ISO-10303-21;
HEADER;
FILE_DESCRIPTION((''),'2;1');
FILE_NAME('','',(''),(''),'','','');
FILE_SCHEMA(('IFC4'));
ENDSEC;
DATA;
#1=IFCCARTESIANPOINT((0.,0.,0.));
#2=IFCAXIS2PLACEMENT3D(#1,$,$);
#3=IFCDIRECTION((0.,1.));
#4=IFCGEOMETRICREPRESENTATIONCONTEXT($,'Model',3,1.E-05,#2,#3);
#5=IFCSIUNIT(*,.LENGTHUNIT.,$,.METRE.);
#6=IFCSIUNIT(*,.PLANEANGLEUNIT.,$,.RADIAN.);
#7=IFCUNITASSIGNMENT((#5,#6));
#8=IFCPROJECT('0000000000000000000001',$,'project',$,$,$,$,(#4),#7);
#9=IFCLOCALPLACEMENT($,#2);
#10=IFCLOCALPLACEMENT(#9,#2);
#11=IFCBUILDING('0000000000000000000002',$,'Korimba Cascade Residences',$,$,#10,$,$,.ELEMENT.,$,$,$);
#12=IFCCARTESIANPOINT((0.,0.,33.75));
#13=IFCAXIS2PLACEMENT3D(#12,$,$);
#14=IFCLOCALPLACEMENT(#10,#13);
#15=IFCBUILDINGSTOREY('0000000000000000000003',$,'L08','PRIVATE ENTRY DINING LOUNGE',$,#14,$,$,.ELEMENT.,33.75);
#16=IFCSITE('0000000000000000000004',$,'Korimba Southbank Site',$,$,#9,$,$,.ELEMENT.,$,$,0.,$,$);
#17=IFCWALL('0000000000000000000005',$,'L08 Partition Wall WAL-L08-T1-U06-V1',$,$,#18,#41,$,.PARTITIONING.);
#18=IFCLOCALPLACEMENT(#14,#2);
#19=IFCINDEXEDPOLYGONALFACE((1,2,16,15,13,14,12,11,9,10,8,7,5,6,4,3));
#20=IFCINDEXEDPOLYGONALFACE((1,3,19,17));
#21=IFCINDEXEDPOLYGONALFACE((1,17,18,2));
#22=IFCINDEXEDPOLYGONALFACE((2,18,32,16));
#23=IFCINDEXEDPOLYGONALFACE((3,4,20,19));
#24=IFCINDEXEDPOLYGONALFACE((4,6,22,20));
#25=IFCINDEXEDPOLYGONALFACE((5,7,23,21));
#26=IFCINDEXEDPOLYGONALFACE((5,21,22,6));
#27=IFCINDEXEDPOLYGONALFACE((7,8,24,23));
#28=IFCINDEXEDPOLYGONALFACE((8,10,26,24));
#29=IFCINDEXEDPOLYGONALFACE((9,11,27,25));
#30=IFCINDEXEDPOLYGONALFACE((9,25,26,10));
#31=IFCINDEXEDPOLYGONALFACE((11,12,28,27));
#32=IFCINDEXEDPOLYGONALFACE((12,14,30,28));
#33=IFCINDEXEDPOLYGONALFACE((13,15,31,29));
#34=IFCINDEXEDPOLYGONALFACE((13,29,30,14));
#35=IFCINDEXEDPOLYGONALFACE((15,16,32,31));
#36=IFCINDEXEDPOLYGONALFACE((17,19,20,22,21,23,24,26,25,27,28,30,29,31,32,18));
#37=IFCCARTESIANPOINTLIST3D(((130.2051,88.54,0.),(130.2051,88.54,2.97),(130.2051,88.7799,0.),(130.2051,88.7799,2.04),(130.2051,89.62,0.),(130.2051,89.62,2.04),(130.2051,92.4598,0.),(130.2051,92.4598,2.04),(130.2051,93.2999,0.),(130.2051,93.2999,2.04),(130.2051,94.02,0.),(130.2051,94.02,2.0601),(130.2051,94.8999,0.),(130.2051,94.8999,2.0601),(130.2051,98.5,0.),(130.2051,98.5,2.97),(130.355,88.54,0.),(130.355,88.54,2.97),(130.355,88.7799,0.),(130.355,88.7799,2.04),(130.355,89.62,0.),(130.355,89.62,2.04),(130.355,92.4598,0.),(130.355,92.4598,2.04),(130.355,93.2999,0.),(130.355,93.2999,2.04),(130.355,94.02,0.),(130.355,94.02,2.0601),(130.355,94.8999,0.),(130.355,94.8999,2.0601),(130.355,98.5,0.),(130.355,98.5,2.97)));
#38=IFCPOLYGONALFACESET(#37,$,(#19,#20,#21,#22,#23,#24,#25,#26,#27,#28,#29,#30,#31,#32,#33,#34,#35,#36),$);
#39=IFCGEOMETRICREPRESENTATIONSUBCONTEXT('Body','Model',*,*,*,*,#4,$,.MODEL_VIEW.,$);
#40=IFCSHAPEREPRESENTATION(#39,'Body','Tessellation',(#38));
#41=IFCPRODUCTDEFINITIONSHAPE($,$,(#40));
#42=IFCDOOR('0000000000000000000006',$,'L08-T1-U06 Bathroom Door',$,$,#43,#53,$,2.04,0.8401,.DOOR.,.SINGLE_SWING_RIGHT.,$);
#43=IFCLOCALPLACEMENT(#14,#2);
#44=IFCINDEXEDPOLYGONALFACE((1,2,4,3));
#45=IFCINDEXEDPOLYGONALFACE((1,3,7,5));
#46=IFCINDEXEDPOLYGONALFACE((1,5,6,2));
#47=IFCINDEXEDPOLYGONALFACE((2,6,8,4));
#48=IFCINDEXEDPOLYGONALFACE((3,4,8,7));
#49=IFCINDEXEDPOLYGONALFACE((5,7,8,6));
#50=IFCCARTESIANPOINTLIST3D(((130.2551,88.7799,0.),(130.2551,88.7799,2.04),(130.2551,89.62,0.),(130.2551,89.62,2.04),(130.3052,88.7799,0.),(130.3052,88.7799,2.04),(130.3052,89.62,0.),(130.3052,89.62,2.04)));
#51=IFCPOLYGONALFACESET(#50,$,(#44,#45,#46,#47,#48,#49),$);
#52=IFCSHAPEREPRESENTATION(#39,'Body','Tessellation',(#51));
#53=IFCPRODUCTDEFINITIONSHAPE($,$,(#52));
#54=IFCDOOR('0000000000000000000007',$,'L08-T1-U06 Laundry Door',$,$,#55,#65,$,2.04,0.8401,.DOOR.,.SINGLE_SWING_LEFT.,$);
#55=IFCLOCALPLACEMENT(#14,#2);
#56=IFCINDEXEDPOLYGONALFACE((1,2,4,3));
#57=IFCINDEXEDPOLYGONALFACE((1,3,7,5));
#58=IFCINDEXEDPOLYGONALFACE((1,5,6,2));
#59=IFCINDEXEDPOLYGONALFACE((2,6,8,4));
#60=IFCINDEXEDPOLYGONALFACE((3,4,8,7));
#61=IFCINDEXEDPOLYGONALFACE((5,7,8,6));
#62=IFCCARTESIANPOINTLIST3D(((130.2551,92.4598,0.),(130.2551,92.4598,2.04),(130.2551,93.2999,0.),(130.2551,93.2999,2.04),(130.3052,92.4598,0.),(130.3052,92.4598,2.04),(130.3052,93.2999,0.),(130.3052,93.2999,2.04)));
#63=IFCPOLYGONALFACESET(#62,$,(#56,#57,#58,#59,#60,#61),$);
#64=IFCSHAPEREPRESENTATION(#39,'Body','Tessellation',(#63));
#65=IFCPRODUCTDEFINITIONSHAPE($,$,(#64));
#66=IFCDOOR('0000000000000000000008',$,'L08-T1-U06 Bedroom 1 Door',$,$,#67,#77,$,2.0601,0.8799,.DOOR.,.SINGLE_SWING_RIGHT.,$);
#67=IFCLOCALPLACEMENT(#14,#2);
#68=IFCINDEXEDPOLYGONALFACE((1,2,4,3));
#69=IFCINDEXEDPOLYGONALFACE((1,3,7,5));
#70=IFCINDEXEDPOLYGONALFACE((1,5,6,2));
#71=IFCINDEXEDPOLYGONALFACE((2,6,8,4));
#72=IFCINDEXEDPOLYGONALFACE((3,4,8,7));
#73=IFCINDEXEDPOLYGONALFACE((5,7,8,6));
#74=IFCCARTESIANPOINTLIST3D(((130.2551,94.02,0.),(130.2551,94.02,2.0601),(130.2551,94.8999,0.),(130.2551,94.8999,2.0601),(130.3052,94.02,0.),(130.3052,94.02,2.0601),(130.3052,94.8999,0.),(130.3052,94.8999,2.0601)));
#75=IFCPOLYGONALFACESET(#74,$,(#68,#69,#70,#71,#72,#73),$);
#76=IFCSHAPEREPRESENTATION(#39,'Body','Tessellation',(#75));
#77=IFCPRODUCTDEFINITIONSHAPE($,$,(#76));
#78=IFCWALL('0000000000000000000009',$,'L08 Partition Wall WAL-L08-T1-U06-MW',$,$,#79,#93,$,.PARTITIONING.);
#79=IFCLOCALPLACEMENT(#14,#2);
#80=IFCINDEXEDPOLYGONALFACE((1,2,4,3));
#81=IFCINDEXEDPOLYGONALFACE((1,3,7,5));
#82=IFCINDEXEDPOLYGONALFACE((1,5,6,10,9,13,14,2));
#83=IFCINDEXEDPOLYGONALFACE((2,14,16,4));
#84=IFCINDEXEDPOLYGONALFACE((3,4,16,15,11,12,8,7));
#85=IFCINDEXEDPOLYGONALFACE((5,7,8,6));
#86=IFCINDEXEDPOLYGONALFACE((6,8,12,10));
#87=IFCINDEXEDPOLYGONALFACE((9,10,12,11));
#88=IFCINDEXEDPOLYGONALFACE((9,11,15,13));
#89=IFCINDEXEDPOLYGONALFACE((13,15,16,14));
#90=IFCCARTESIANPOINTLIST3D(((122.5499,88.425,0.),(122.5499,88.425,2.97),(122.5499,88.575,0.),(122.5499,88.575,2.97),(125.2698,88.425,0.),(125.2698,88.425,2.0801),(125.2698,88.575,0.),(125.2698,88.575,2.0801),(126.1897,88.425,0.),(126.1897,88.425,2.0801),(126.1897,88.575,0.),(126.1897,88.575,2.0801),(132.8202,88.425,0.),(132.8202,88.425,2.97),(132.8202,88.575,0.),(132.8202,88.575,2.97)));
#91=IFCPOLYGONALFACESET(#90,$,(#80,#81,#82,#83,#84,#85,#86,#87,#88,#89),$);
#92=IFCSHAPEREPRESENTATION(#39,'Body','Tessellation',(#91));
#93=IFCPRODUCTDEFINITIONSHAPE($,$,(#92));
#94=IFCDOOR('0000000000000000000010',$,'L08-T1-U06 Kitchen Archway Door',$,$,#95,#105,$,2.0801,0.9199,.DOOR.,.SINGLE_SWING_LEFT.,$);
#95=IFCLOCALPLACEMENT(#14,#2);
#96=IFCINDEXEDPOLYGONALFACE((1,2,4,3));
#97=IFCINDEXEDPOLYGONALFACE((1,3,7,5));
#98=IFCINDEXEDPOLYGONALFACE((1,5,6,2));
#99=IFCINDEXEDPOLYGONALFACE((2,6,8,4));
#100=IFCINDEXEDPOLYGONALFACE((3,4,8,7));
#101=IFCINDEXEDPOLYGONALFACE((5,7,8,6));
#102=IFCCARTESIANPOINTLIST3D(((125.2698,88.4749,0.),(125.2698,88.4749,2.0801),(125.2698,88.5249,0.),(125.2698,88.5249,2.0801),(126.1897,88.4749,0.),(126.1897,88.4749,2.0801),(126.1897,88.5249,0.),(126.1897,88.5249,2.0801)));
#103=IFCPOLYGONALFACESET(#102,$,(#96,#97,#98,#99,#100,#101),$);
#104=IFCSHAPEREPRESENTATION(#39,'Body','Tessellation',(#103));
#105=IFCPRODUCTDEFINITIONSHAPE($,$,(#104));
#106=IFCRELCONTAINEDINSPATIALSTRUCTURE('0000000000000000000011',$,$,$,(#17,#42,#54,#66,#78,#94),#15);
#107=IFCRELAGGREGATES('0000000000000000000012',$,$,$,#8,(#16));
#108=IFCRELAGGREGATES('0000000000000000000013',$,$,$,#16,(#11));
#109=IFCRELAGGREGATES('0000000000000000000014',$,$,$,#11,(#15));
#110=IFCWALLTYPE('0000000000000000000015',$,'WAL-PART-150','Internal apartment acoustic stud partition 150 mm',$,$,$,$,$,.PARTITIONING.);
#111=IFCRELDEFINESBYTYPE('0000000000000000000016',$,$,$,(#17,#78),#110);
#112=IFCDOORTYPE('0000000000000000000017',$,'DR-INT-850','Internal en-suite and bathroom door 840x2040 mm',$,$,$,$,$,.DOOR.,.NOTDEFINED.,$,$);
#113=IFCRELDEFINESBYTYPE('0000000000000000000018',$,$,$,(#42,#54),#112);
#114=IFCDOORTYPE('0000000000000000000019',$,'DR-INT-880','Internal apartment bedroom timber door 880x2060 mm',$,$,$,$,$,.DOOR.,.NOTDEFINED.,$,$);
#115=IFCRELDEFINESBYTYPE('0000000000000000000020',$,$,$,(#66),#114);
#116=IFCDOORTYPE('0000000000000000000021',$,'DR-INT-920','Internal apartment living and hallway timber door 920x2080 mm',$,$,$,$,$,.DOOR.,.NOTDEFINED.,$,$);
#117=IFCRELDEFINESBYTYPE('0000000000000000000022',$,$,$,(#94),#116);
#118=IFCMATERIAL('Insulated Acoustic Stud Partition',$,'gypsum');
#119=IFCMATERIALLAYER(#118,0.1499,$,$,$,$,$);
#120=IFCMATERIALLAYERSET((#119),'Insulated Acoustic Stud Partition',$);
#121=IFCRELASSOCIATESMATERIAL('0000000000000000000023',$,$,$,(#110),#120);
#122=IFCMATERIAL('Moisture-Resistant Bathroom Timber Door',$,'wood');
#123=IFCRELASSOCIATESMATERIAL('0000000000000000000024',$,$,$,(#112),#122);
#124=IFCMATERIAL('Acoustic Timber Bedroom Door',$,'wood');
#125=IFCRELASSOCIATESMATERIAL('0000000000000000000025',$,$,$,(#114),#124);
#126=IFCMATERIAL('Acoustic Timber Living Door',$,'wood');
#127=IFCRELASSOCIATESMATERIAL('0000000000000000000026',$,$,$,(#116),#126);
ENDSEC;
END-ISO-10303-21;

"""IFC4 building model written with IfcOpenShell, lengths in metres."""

from ifc_helpers import new_model, si_unit, direction, frame, frame_2d, origin, place, context, subcontext, project, spatial, rectangle, extrude, material, layer, layer_set, type_object, element, fill, save


model = new_model("IFC4")

# Units and contexts
model_context = context("Model", 3, precision=1e-05, world=origin(), true_north=direction((0.0, 1.0)))
body_context = subcontext(model_context, "Body", "Model", "MODEL_VIEW")
ifc_project = project(units=[si_unit("LENGTHUNIT", "METRE"), si_unit("PLANEANGLEUNIT", "RADIAN")], contexts=[model_context])

# Site, building, storey
site_placement = place(None, origin())
site = spatial("IfcSite", under=ifc_project, at=site_placement, Name="Korimba Southbank Site", CompositionType="ELEMENT", RefElevation=0.0)
building_placement = place(site_placement, origin())
building = spatial("IfcBuilding", under=site, at=building_placement, Name="Korimba Cascade Residences", CompositionType="ELEMENT")
storey_placement = place(building_placement, frame((0.0, 0.0, 33.75)))
storey = spatial("IfcBuildingStorey", under=building, at=storey_placement, Name="L08", Description="PRIVATE ENTRY DINING LOUNGE", CompositionType="ELEMENT", Elevation=33.75)

# Shared definitions
ifc_material_1 = material(Name="Insulated Acoustic Stud Partition", Category="gypsum")
ifc_layer_1 = layer(ifc_material_1, 0.1499)
ifc_layer_set_1 = layer_set([ifc_layer_1], Name="Insulated Acoustic Stud Partition")
wall_type_1 = type_object("IfcWallType", Name="WAL-PART-150", Description="Internal apartment acoustic stud partition 150 mm", PredefinedType="PARTITIONING", material=ifc_layer_set_1)
ifc_material_2 = material(Name="Moisture-Resistant Bathroom Timber Door", Category="wood")
door_type_1 = type_object("IfcDoorType", Name="DR-INT-850", Description="Internal en-suite and bathroom door 840x2040 mm", OperationType="NOTDEFINED", PredefinedType="DOOR", material=ifc_material_2)
ifc_material_3 = material(Name="Acoustic Timber Bedroom Door", Category="wood")
door_type_2 = type_object("IfcDoorType", Name="DR-INT-880", Description="Internal apartment bedroom timber door 880x2060 mm", OperationType="NOTDEFINED", PredefinedType="DOOR", material=ifc_material_3)

# Wall, openings, doors
wall_1_placement = place(storey_placement, frame((130.28, 88.54, 0.0), z_axis=(0.0, 0.0, 1.0), x_axis=(0.0, 1.0, 0.0)))
wall_1 = element("IfcWall", 1, at=wall_1_placement, inside=storey, type_object=wall_type_1, Name="L08 Partition Wall WAL-L08-T1-U06-V1", PredefinedType="PARTITIONING", context=body_context, shape_type="SweptSolid", body=[
    extrude(rectangle(XDim=9.96, YDim=0.1499, at=frame_2d((4.98, 0.0))), origin(), (0.0, 0.0, 1.0), 2.97),
])
opening_1_placement = place(wall_1_placement, frame((0.24, 0.0, 0.0)))
opening_1 = element("IfcOpeningElement", 2, at=opening_1_placement, cuts=wall_1, PredefinedType="OPENING", context=body_context, shape_type="SweptSolid", body=[
    extrude(rectangle(XDim=0.8401, YDim=2.04, at=frame_2d((0.4199, 1.02))), frame((0.0, 0.085, 0.0), z_axis=(0.0, -1.0, 0.0), x_axis=(1.0, 0.0, 0.0)), (0.0, 0.0, 1.0), 0.1699),
])
opening_2_placement = place(wall_1_placement, frame((3.9199, 0.0, 0.0)))
opening_2 = element("IfcOpeningElement", 3, at=opening_2_placement, cuts=wall_1, PredefinedType="OPENING", context=body_context, shape_type="SweptSolid", body=[
    extrude(rectangle(XDim=0.8401, YDim=2.04, at=frame_2d((0.4199, 1.02))), frame((0.0, 0.085, 0.0), z_axis=(0.0, -1.0, 0.0), x_axis=(1.0, 0.0, 0.0)), (0.0, 0.0, 1.0), 0.1699),
])
opening_3_placement = place(wall_1_placement, frame((5.48, 0.0, 0.0)))
opening_3 = element("IfcOpeningElement", 4, at=opening_3_placement, cuts=wall_1, PredefinedType="OPENING", context=body_context, shape_type="SweptSolid", body=[
    extrude(rectangle(XDim=0.8799, YDim=2.0601, at=frame_2d((0.4399, 1.03))), frame((0.0, 0.085, 0.0), z_axis=(0.0, -1.0, 0.0), x_axis=(1.0, 0.0, 0.0)), (0.0, 0.0, 1.0), 0.1699),
])
door_1_placement = place(opening_1_placement, origin())
door_1 = element("IfcDoor", 5, at=door_1_placement, inside=storey, type_object=door_type_1, Name="L08-T1-U06 Bathroom Door", OperationType="SINGLE_SWING_RIGHT", OverallHeight=2.04, OverallWidth=0.8401, PredefinedType="DOOR", context=body_context, shape_type="SweptSolid", body=[
    extrude(rectangle(XDim=0.8401, YDim=2.04, at=frame_2d((0.4199, 1.02))), frame((0.0, 0.0249, 0.0), z_axis=(0.0, -1.0, 0.0), x_axis=(1.0, 0.0, 0.0)), (0.0, 0.0, 1.0), 0.05),
])
fill(opening_1, door_1)
door_2_placement = place(opening_2_placement, origin())
door_2 = element("IfcDoor", 6, at=door_2_placement, inside=storey, type_object=door_type_1, Name="L08-T1-U06 Laundry Door", OperationType="SINGLE_SWING_LEFT", OverallHeight=2.04, OverallWidth=0.8401, PredefinedType="DOOR", context=body_context, shape_type="SweptSolid", body=[
    extrude(rectangle(XDim=0.8401, YDim=2.04, at=frame_2d((0.4199, 1.02))), frame((0.0, 0.0249, 0.0), z_axis=(0.0, -1.0, 0.0), x_axis=(1.0, 0.0, 0.0)), (0.0, 0.0, 1.0), 0.05),
])
fill(opening_2, door_2)
door_3_placement = place(opening_3_placement, origin())
door_3 = element("IfcDoor", 7, at=door_3_placement, inside=storey, type_object=door_type_2, Name="L08-T1-U06 Bedroom 1 Door", OperationType="SINGLE_SWING_RIGHT", OverallHeight=2.0601, OverallWidth=0.8799, PredefinedType="DOOR", context=body_context, shape_type="SweptSolid", body=[
    extrude(rectangle(XDim=0.8799, YDim=2.0601, at=frame_2d((0.4399, 1.03))), frame((0.0, 0.0249, 0.0), z_axis=(0.0, -1.0, 0.0), x_axis=(1.0, 0.0, 0.0)), (0.0, 0.0, 1.0), 0.05),
])
fill(opening_3, door_3)

# Wall, opening, door
wall_2_placement = place(storey_placement, frame((122.5498, 88.5, 0.0), z_axis=(0.0, 0.0, 1.0), x_axis=(1.0, 0.0, 0.0)))
wall_2 = element("IfcWall", 8, at=wall_2_placement, inside=storey, type_object=wall_type_1, Name="L08 Partition Wall WAL-L08-T1-U06-MW", PredefinedType="PARTITIONING", context=body_context, shape_type="SweptSolid", body=[
    extrude(rectangle(XDim=10.2703, YDim=0.1499, at=frame_2d((5.1353, 0.0))), origin(), (0.0, 0.0, 1.0), 2.97),
])
opening_4_placement = place(wall_2_placement, frame((2.72, 0.0, 0.0)))
opening_4 = element("IfcOpeningElement", 9, at=opening_4_placement, cuts=wall_2, PredefinedType="OPENING", context=body_context, shape_type="SweptSolid", body=[
    extrude(rectangle(XDim=0.9199, YDim=2.0801, at=frame_2d((0.46, 1.04))), frame((0.0, 0.085, 0.0), z_axis=(0.0, -1.0, 0.0), x_axis=(1.0, 0.0, 0.0)), (0.0, 0.0, 1.0), 0.1699),
])
ifc_material_4 = material(Name="Acoustic Timber Living Door", Category="wood")
door_type_3 = type_object("IfcDoorType", Name="DR-INT-920", Description="Internal apartment living and hallway timber door 920x2080 mm", OperationType="NOTDEFINED", PredefinedType="DOOR", material=ifc_material_4)
door_4_placement = place(opening_4_placement, origin())
door_4 = element("IfcDoor", 10, at=door_4_placement, inside=storey, type_object=door_type_3, Name="L08-T1-U06 Kitchen Archway Door", OperationType="SINGLE_SWING_LEFT", OverallHeight=2.0801, OverallWidth=0.9199, PredefinedType="DOOR", context=body_context, shape_type="SweptSolid", body=[
    extrude(rectangle(XDim=0.9199, YDim=2.0801, at=frame_2d((0.46, 1.04))), frame((0.0, 0.0249, 0.0), z_axis=(0.0, -1.0, 0.0), x_axis=(1.0, 0.0, 0.0)), (0.0, 0.0, 1.0), 0.05),
])
fill(opening_4, door_4)

save(model, "model.ifc")
